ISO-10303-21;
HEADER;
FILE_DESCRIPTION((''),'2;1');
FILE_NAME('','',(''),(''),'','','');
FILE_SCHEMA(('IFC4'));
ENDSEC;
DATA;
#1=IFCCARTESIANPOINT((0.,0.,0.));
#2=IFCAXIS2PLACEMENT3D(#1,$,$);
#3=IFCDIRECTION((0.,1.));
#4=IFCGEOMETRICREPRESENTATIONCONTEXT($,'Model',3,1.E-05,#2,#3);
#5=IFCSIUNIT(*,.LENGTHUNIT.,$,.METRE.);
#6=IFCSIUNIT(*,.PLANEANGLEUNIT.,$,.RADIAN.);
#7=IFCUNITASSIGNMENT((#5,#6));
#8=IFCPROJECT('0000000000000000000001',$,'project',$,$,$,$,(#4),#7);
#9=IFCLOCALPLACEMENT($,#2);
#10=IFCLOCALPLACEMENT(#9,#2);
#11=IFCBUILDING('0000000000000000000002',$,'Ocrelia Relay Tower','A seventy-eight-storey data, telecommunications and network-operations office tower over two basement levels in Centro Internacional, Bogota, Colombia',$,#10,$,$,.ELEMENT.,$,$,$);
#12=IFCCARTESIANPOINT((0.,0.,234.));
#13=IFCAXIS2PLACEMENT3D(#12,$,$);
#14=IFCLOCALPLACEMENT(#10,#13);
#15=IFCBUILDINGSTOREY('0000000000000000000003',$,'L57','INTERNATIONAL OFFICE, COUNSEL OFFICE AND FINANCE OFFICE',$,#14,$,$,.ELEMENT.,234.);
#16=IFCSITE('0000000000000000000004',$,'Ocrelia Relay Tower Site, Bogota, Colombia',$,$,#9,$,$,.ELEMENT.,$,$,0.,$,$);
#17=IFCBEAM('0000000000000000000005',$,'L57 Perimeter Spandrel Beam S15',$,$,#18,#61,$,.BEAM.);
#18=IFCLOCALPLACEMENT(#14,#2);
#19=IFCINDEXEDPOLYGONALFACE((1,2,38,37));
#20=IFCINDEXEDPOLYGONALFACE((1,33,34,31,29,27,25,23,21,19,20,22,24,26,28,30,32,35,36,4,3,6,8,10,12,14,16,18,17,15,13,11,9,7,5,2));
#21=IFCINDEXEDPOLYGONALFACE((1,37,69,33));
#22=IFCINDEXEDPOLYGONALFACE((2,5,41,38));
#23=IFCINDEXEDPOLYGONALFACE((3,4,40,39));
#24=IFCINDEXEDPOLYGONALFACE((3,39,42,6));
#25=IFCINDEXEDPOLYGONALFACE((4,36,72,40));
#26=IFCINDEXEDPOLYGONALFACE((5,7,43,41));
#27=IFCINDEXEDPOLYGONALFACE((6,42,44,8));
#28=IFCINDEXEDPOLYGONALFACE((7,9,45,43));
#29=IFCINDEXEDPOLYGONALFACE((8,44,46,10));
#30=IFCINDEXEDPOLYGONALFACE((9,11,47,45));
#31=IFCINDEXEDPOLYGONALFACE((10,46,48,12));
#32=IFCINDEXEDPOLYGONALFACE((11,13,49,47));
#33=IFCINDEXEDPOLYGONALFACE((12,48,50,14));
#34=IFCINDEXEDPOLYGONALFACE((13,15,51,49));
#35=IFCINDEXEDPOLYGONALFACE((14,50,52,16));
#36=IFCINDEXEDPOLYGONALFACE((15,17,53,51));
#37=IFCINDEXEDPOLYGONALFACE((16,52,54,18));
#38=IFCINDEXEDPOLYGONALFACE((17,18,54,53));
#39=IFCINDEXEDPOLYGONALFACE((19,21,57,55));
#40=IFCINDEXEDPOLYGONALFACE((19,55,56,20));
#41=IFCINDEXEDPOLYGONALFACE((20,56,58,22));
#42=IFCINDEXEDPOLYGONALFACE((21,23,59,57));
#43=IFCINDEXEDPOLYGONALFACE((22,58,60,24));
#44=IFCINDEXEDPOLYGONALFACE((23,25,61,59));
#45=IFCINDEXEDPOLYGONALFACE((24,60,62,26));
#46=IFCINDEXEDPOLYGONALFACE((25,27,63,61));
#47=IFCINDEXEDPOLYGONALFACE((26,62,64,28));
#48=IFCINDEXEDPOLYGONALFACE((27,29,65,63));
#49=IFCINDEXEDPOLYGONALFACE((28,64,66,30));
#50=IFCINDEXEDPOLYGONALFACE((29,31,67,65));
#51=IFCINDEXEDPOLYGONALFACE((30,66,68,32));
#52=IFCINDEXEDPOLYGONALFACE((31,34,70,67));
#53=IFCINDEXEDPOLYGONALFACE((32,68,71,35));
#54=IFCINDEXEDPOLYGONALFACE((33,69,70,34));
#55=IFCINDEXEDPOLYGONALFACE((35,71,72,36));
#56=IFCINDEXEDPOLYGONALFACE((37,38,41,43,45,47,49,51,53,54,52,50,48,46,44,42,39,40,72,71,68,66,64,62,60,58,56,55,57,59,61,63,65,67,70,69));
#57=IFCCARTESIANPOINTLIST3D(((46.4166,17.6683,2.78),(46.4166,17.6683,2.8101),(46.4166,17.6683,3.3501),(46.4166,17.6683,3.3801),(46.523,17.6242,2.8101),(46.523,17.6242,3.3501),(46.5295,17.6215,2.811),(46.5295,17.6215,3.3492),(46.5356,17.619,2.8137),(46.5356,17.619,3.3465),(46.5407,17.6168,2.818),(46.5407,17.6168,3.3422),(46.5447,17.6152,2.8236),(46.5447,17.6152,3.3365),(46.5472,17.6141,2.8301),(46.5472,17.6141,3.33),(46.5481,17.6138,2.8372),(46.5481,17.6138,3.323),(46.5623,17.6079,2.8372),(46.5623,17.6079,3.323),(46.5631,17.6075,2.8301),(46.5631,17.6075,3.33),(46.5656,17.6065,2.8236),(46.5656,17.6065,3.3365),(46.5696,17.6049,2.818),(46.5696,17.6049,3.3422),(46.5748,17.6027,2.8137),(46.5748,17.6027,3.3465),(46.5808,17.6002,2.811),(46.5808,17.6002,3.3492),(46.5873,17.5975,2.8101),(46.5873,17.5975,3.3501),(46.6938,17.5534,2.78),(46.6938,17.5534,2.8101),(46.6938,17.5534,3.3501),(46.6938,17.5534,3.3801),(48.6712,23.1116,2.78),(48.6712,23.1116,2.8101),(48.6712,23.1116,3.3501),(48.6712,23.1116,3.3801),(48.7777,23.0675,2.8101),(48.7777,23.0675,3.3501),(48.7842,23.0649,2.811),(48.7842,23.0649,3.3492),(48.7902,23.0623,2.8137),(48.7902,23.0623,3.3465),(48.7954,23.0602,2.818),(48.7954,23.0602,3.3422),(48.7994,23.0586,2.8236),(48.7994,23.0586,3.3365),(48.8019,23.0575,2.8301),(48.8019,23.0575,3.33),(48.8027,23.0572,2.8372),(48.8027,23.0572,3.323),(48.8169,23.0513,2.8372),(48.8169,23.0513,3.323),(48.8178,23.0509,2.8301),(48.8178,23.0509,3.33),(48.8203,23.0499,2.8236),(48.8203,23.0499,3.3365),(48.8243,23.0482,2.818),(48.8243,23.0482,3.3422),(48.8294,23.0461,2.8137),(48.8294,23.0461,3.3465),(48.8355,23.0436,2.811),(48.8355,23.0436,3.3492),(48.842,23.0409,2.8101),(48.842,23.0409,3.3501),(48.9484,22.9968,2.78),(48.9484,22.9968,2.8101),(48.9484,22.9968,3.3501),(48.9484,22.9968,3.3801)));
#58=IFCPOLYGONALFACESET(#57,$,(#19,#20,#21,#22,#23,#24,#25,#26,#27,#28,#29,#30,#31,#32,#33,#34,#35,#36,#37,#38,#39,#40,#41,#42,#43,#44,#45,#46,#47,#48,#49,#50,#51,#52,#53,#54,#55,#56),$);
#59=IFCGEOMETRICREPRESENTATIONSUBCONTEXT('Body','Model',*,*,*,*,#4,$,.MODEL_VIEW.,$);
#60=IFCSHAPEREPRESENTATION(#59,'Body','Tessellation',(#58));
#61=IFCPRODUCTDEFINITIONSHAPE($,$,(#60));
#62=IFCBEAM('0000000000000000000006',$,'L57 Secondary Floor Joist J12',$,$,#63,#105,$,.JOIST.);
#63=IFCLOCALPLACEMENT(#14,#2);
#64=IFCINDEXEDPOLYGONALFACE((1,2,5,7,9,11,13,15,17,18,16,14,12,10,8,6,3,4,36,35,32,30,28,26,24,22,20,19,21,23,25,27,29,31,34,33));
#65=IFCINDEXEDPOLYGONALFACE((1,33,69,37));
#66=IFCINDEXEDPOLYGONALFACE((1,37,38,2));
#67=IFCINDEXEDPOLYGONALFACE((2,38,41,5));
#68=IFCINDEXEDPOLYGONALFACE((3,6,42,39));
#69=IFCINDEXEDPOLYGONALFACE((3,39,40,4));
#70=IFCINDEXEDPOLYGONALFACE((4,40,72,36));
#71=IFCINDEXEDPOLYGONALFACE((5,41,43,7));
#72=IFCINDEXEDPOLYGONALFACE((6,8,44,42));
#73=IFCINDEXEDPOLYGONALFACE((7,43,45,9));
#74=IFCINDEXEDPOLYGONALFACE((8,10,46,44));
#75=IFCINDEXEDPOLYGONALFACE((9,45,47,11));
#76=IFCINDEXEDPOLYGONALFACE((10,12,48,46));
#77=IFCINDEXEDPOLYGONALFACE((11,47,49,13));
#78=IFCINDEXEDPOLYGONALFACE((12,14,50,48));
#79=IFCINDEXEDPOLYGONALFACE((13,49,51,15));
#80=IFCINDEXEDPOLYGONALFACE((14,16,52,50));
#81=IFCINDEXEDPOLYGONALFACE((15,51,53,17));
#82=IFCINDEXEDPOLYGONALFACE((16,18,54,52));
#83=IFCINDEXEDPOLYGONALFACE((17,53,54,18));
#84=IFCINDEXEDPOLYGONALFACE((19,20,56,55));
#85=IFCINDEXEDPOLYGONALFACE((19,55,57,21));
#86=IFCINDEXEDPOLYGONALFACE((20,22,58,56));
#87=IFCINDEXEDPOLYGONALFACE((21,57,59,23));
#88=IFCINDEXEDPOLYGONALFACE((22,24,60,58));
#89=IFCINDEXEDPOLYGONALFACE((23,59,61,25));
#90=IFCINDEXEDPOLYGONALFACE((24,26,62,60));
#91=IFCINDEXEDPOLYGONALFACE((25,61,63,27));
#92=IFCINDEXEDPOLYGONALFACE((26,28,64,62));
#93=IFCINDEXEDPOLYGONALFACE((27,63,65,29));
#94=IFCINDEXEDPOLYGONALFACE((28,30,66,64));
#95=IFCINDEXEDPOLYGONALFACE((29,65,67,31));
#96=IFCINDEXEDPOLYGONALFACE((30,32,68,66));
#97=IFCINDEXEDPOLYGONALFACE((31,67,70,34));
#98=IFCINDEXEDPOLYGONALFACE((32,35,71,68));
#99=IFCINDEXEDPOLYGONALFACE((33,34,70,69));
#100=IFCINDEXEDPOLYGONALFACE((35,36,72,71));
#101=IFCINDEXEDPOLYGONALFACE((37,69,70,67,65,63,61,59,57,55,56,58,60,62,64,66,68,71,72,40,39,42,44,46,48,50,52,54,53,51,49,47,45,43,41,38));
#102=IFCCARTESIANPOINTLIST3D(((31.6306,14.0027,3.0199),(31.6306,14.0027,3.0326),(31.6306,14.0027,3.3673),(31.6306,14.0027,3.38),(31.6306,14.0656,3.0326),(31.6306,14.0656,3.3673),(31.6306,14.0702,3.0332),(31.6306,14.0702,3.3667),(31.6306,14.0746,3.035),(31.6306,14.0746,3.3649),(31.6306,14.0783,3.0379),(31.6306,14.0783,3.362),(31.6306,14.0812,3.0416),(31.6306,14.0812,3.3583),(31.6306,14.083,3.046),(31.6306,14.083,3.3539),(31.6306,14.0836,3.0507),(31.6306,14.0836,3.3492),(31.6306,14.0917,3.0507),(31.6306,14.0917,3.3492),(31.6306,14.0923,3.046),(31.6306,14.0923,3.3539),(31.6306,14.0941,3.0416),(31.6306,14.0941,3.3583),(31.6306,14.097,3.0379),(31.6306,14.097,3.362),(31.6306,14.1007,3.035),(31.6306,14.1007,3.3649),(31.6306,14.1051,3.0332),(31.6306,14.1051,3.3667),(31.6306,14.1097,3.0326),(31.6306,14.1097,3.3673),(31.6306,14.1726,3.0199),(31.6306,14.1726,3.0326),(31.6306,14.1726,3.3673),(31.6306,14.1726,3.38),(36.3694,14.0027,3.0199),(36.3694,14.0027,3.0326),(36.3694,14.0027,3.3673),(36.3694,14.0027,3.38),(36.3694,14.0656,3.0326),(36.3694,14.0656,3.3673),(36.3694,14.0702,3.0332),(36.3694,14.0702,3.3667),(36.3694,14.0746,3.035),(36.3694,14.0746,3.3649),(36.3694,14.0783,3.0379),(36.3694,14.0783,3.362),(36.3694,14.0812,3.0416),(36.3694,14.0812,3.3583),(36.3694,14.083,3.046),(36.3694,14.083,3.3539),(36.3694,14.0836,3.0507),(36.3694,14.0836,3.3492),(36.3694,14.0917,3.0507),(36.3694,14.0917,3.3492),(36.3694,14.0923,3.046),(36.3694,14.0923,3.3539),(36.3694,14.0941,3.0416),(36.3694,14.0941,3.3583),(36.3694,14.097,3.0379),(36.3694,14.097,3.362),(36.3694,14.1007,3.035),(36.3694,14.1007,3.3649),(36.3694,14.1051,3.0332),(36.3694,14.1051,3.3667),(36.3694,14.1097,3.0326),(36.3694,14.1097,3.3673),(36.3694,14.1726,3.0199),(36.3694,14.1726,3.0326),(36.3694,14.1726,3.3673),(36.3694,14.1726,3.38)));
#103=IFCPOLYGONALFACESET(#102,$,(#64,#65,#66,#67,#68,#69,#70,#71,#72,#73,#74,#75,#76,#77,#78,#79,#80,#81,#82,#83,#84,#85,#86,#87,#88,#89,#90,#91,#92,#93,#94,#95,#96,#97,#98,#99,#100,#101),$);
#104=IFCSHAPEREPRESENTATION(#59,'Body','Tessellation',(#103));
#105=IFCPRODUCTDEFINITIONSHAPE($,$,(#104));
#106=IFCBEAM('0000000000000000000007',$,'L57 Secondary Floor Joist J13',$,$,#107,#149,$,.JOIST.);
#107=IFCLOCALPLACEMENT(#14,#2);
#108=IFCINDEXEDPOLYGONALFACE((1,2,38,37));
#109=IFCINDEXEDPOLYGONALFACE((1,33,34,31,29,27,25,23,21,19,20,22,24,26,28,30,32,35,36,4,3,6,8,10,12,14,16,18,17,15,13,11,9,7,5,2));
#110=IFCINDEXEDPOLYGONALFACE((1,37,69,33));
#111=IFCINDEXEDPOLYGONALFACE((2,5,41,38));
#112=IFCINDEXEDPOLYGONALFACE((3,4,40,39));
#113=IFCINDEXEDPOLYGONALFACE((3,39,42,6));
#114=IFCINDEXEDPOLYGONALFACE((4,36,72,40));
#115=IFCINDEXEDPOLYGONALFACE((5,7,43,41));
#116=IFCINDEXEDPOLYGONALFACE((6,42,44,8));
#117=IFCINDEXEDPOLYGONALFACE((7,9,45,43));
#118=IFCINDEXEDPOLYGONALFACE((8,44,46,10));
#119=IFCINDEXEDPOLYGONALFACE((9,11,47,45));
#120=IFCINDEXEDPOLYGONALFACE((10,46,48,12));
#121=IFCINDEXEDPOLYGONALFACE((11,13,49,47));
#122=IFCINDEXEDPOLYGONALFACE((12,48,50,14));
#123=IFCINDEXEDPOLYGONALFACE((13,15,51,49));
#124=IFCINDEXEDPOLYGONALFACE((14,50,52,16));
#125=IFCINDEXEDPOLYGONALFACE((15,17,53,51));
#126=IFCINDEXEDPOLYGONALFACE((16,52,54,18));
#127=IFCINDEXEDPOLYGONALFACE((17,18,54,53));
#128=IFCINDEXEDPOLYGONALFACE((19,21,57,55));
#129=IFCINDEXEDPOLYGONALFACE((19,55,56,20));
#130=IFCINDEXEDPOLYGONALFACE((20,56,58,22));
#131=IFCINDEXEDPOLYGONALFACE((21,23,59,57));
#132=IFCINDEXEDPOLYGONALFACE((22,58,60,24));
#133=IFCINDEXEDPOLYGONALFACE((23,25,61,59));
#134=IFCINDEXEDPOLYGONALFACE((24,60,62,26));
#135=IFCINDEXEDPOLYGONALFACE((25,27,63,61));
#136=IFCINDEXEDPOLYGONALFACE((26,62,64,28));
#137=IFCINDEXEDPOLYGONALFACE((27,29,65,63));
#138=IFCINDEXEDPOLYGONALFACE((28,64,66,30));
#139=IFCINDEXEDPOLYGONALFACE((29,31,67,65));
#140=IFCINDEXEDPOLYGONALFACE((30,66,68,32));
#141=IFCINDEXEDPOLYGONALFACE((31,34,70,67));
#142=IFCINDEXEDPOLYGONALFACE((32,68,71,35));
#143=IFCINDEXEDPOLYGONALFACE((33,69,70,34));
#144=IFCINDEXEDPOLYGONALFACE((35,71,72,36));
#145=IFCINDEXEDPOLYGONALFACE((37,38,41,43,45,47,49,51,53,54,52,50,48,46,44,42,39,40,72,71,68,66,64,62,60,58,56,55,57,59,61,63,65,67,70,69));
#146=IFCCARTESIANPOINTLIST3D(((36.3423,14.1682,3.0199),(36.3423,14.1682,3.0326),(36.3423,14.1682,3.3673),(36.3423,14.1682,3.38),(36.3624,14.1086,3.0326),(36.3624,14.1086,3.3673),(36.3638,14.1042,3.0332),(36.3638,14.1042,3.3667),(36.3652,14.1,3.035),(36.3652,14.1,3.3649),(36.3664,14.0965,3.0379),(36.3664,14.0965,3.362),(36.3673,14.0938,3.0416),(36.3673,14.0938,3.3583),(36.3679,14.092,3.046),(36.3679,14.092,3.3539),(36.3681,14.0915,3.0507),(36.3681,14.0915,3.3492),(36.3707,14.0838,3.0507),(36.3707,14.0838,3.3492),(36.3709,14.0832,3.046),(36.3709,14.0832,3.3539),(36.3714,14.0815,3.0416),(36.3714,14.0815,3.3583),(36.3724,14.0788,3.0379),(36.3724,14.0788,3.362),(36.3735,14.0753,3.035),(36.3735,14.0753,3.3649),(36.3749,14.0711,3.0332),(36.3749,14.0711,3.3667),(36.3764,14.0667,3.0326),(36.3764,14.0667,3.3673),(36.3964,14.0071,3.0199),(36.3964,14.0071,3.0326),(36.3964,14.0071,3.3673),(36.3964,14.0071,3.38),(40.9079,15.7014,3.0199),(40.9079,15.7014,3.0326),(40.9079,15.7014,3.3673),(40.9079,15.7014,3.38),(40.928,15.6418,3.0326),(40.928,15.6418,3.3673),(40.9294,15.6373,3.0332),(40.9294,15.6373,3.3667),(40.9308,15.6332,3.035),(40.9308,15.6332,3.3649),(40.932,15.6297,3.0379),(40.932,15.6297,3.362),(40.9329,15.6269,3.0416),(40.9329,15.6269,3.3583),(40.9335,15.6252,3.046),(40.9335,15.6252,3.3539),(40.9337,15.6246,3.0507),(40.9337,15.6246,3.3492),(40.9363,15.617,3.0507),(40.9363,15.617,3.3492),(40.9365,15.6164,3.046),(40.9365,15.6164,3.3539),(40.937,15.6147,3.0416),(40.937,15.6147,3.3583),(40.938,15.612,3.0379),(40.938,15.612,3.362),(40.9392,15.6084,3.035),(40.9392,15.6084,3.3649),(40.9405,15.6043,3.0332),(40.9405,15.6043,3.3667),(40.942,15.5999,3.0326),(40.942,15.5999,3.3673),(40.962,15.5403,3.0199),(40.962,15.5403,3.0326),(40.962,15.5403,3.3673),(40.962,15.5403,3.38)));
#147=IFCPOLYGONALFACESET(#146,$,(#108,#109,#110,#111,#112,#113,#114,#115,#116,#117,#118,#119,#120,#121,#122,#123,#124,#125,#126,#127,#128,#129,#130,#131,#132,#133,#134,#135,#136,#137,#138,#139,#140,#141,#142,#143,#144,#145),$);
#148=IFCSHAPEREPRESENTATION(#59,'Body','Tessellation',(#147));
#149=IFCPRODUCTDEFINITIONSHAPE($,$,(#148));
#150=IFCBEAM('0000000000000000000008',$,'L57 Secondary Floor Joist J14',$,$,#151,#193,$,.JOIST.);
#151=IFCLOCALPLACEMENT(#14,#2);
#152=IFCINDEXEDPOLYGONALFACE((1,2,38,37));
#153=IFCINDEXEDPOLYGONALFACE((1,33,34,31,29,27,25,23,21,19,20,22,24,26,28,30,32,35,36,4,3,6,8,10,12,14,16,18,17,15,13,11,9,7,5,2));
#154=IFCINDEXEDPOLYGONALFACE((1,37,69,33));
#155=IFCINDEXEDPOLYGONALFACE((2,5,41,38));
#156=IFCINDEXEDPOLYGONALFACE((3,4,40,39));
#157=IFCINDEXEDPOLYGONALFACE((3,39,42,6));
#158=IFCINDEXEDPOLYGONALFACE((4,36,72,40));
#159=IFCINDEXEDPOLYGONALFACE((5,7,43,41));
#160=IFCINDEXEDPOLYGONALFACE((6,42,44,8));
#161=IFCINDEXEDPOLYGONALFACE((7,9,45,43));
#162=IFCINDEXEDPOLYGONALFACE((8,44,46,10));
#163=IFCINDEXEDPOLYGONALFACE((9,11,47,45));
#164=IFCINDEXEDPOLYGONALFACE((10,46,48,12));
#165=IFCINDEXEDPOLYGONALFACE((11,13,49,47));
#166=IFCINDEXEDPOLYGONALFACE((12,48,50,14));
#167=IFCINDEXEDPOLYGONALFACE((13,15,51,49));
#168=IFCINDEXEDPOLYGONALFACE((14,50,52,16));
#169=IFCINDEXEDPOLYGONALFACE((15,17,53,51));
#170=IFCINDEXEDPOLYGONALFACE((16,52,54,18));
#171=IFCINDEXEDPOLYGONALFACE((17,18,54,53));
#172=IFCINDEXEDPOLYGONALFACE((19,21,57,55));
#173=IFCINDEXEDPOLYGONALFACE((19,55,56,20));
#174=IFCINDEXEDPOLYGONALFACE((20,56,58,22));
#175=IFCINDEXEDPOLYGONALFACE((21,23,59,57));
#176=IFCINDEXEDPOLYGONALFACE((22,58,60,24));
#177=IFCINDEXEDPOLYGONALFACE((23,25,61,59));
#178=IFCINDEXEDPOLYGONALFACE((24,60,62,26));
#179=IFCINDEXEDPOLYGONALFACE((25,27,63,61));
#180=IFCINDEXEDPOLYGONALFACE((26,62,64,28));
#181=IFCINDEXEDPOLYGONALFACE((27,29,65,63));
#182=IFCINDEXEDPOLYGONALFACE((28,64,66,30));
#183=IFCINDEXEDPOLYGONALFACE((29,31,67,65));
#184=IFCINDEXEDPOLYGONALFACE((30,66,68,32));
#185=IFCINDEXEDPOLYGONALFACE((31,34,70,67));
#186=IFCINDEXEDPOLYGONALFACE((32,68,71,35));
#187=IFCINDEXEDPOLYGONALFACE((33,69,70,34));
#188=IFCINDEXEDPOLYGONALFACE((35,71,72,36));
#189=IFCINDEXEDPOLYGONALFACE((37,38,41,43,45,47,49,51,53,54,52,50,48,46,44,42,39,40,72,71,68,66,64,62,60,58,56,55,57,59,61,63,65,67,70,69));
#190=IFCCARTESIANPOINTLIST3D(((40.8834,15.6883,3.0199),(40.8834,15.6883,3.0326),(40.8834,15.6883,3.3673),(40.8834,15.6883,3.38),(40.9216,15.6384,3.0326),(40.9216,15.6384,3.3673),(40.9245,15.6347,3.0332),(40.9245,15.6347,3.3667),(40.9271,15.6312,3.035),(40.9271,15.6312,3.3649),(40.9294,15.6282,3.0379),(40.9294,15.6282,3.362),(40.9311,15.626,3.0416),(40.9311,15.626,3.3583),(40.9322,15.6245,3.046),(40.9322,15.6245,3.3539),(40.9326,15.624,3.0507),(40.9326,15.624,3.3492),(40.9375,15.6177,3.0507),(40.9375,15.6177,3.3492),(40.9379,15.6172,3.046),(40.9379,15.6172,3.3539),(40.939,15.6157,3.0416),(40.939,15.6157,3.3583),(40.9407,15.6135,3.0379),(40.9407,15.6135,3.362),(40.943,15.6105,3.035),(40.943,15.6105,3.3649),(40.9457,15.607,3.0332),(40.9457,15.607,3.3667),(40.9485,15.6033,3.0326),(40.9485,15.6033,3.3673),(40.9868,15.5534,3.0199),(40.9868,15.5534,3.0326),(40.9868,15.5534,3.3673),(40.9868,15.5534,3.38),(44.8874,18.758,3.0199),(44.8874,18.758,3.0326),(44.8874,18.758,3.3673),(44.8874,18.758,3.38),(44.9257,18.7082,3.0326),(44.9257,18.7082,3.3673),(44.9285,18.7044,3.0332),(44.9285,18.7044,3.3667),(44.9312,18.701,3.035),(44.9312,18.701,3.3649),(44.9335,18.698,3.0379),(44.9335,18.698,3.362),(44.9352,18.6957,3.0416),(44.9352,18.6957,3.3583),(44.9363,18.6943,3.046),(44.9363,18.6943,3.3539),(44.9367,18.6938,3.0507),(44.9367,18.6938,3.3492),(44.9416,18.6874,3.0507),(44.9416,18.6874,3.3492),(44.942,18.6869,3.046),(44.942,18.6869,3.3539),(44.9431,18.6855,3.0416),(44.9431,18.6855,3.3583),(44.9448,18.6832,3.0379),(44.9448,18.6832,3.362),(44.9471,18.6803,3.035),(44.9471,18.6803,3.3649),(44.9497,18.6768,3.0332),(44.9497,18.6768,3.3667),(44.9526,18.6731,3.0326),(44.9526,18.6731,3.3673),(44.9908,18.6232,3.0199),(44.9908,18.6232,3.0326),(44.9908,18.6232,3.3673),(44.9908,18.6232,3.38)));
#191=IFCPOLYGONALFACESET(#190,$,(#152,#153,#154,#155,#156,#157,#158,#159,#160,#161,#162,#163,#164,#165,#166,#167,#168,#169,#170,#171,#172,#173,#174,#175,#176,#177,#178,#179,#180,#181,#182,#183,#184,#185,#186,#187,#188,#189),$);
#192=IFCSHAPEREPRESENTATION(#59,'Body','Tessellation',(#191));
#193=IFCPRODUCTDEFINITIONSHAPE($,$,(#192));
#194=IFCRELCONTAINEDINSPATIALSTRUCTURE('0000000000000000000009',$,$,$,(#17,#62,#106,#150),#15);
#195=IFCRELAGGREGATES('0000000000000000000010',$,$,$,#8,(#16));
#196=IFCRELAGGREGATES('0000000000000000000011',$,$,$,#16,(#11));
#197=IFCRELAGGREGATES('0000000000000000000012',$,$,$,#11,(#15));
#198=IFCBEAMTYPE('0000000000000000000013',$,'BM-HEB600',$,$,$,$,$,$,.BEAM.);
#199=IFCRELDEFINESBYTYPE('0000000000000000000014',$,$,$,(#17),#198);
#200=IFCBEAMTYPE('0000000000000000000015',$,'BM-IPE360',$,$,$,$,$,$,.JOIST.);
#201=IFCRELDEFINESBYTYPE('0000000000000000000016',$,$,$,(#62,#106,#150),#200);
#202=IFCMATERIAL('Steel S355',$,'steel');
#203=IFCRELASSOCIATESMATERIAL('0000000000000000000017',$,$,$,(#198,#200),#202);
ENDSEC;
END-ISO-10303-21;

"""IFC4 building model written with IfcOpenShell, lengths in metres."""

from ifc_helpers import new_model, si_unit, direction, frame, origin, origin_2d, place, context, subcontext, project, spatial, i_section, extrude, material, material_profile, profile_set, type_object, element, save


model = new_model("IFC4")

# Units and contexts
model_context = context("Model", 3, precision=1e-05, world=origin(), true_north=direction((0.0, 1.0)))
body_context = subcontext(model_context, "Body", "Model", "MODEL_VIEW")
ifc_project = project(units=[si_unit("LENGTHUNIT", "METRE"), si_unit("PLANEANGLEUNIT", "RADIAN")], contexts=[model_context])

# Site, building, storey
site_placement = place(None, origin())
site = spatial("IfcSite", under=ifc_project, at=site_placement, Name="Ocrelia Relay Tower Site, Bogota, Colombia", CompositionType="ELEMENT", RefElevation=0.0)
building_placement = place(site_placement, origin())
building = spatial("IfcBuilding", under=site, at=building_placement, Name="Ocrelia Relay Tower", Description="A seventy-eight-storey data, telecommunications and network-operations office tower over two basement levels in Centro Internacional, Bogota, Colombia", CompositionType="ELEMENT")
storey_placement = place(building_placement, frame((0.0, 0.0, 234.0)))
storey = spatial("IfcBuildingStorey", under=building, at=storey_placement, Name="L57", Description="INTERNATIONAL OFFICE, COUNSEL OFFICE AND FINANCE OFFICE", CompositionType="ELEMENT", Elevation=234.0)

# Beams
ifc_material_1 = material(Name="Steel S355", Category="steel")
ifc_material_profile_1 = material_profile(ifc_material_1, i_section(OverallWidth=0.3, OverallDepth=0.6001, WebThickness=0.0154, FlangeThickness=0.03, FilletRadius=0.0271, at=origin_2d()), Name="HEB 600")
ifc_profile_set_1 = profile_set([ifc_material_profile_1], Name="Steel S355")
beam_type_1 = type_object("IfcBeamType", Name="BM-HEB600", PredefinedType="BEAM", material=ifc_profile_set_1)
beam_1_placement = place(storey_placement, frame((46.5552, 17.6108, 3.0801), z_axis=(0.382673, 0.923884, 0.0), x_axis=(-0.923884, 0.382673, 0.0)))
element("IfcBeam", 1, at=beam_1_placement, inside=storey, type_object=beam_type_1, Name="L57 Perimeter Spandrel Beam S15", PredefinedType="BEAM", context=body_context, shape_type="SweptSolid", body=[
    extrude(i_section(OverallWidth=0.3, OverallDepth=0.6001, WebThickness=0.0154, FlangeThickness=0.03, FilletRadius=0.0271, at=origin_2d()), origin(), (0.0, 0.0, 1.0), 5.8918),
])
ifc_material_profile_2 = material_profile(ifc_material_1, i_section(OverallWidth=0.1699, OverallDepth=0.3601, WebThickness=0.0081, FlangeThickness=0.0127, FilletRadius=0.0181, at=origin_2d()), Name="IPE 360")
ifc_profile_set_2 = profile_set([ifc_material_profile_2], Name="Steel S355")
beam_type_2 = type_object("IfcBeamType", Name="BM-IPE360", PredefinedType="JOIST", material=ifc_profile_set_2)
beam_2_placement = place(storey_placement, frame((31.6306, 14.0876, 3.2), z_axis=(1.0, 0.0, 0.0), x_axis=(0.0, 1.0, 0.0)))
element("IfcBeam", 2, at=beam_2_placement, inside=storey, type_object=beam_type_2, Name="L57 Secondary Floor Joist J12", PredefinedType="JOIST", context=body_context, shape_type="SweptSolid", body=[
    extrude(i_section(OverallWidth=0.1699, OverallDepth=0.3601, WebThickness=0.0081, FlangeThickness=0.0127, FilletRadius=0.0181, at=origin_2d()), origin(), (0.0, 0.0, 1.0), 4.7388),
])
beam_3_placement = place(storey_placement, frame((36.3694, 14.0876, 3.2), z_axis=(0.947976, 0.318341, 0.0), x_axis=(-0.318341, 0.947976, 0.0)))
element("IfcBeam", 3, at=beam_3_placement, inside=storey, type_object=beam_type_2, Name="L57 Secondary Floor Joist J13", PredefinedType="JOIST", context=body_context, shape_type="SweptSolid", body=[
    extrude(i_section(OverallWidth=0.1699, OverallDepth=0.3601, WebThickness=0.0081, FlangeThickness=0.0127, FilletRadius=0.0181, at=origin_2d()), origin(), (0.0, 0.0, 1.0), 4.8162),
])
beam_4_placement = place(storey_placement, frame((40.9351, 15.6208, 3.2), z_axis=(0.793609, 0.608428, 0.0), x_axis=(-0.608428, 0.793609, 0.0)))
element("IfcBeam", 4, at=beam_4_placement, inside=storey, type_object=beam_type_2, Name="L57 Secondary Floor Joist J14", PredefinedType="JOIST", context=body_context, shape_type="SweptSolid", body=[
    extrude(i_section(OverallWidth=0.1699, OverallDepth=0.3601, WebThickness=0.0081, FlangeThickness=0.0127, FilletRadius=0.0181, at=origin_2d()), origin(), (0.0, 0.0, 1.0), 5.0454),
])

save(model, "model.ifc")
